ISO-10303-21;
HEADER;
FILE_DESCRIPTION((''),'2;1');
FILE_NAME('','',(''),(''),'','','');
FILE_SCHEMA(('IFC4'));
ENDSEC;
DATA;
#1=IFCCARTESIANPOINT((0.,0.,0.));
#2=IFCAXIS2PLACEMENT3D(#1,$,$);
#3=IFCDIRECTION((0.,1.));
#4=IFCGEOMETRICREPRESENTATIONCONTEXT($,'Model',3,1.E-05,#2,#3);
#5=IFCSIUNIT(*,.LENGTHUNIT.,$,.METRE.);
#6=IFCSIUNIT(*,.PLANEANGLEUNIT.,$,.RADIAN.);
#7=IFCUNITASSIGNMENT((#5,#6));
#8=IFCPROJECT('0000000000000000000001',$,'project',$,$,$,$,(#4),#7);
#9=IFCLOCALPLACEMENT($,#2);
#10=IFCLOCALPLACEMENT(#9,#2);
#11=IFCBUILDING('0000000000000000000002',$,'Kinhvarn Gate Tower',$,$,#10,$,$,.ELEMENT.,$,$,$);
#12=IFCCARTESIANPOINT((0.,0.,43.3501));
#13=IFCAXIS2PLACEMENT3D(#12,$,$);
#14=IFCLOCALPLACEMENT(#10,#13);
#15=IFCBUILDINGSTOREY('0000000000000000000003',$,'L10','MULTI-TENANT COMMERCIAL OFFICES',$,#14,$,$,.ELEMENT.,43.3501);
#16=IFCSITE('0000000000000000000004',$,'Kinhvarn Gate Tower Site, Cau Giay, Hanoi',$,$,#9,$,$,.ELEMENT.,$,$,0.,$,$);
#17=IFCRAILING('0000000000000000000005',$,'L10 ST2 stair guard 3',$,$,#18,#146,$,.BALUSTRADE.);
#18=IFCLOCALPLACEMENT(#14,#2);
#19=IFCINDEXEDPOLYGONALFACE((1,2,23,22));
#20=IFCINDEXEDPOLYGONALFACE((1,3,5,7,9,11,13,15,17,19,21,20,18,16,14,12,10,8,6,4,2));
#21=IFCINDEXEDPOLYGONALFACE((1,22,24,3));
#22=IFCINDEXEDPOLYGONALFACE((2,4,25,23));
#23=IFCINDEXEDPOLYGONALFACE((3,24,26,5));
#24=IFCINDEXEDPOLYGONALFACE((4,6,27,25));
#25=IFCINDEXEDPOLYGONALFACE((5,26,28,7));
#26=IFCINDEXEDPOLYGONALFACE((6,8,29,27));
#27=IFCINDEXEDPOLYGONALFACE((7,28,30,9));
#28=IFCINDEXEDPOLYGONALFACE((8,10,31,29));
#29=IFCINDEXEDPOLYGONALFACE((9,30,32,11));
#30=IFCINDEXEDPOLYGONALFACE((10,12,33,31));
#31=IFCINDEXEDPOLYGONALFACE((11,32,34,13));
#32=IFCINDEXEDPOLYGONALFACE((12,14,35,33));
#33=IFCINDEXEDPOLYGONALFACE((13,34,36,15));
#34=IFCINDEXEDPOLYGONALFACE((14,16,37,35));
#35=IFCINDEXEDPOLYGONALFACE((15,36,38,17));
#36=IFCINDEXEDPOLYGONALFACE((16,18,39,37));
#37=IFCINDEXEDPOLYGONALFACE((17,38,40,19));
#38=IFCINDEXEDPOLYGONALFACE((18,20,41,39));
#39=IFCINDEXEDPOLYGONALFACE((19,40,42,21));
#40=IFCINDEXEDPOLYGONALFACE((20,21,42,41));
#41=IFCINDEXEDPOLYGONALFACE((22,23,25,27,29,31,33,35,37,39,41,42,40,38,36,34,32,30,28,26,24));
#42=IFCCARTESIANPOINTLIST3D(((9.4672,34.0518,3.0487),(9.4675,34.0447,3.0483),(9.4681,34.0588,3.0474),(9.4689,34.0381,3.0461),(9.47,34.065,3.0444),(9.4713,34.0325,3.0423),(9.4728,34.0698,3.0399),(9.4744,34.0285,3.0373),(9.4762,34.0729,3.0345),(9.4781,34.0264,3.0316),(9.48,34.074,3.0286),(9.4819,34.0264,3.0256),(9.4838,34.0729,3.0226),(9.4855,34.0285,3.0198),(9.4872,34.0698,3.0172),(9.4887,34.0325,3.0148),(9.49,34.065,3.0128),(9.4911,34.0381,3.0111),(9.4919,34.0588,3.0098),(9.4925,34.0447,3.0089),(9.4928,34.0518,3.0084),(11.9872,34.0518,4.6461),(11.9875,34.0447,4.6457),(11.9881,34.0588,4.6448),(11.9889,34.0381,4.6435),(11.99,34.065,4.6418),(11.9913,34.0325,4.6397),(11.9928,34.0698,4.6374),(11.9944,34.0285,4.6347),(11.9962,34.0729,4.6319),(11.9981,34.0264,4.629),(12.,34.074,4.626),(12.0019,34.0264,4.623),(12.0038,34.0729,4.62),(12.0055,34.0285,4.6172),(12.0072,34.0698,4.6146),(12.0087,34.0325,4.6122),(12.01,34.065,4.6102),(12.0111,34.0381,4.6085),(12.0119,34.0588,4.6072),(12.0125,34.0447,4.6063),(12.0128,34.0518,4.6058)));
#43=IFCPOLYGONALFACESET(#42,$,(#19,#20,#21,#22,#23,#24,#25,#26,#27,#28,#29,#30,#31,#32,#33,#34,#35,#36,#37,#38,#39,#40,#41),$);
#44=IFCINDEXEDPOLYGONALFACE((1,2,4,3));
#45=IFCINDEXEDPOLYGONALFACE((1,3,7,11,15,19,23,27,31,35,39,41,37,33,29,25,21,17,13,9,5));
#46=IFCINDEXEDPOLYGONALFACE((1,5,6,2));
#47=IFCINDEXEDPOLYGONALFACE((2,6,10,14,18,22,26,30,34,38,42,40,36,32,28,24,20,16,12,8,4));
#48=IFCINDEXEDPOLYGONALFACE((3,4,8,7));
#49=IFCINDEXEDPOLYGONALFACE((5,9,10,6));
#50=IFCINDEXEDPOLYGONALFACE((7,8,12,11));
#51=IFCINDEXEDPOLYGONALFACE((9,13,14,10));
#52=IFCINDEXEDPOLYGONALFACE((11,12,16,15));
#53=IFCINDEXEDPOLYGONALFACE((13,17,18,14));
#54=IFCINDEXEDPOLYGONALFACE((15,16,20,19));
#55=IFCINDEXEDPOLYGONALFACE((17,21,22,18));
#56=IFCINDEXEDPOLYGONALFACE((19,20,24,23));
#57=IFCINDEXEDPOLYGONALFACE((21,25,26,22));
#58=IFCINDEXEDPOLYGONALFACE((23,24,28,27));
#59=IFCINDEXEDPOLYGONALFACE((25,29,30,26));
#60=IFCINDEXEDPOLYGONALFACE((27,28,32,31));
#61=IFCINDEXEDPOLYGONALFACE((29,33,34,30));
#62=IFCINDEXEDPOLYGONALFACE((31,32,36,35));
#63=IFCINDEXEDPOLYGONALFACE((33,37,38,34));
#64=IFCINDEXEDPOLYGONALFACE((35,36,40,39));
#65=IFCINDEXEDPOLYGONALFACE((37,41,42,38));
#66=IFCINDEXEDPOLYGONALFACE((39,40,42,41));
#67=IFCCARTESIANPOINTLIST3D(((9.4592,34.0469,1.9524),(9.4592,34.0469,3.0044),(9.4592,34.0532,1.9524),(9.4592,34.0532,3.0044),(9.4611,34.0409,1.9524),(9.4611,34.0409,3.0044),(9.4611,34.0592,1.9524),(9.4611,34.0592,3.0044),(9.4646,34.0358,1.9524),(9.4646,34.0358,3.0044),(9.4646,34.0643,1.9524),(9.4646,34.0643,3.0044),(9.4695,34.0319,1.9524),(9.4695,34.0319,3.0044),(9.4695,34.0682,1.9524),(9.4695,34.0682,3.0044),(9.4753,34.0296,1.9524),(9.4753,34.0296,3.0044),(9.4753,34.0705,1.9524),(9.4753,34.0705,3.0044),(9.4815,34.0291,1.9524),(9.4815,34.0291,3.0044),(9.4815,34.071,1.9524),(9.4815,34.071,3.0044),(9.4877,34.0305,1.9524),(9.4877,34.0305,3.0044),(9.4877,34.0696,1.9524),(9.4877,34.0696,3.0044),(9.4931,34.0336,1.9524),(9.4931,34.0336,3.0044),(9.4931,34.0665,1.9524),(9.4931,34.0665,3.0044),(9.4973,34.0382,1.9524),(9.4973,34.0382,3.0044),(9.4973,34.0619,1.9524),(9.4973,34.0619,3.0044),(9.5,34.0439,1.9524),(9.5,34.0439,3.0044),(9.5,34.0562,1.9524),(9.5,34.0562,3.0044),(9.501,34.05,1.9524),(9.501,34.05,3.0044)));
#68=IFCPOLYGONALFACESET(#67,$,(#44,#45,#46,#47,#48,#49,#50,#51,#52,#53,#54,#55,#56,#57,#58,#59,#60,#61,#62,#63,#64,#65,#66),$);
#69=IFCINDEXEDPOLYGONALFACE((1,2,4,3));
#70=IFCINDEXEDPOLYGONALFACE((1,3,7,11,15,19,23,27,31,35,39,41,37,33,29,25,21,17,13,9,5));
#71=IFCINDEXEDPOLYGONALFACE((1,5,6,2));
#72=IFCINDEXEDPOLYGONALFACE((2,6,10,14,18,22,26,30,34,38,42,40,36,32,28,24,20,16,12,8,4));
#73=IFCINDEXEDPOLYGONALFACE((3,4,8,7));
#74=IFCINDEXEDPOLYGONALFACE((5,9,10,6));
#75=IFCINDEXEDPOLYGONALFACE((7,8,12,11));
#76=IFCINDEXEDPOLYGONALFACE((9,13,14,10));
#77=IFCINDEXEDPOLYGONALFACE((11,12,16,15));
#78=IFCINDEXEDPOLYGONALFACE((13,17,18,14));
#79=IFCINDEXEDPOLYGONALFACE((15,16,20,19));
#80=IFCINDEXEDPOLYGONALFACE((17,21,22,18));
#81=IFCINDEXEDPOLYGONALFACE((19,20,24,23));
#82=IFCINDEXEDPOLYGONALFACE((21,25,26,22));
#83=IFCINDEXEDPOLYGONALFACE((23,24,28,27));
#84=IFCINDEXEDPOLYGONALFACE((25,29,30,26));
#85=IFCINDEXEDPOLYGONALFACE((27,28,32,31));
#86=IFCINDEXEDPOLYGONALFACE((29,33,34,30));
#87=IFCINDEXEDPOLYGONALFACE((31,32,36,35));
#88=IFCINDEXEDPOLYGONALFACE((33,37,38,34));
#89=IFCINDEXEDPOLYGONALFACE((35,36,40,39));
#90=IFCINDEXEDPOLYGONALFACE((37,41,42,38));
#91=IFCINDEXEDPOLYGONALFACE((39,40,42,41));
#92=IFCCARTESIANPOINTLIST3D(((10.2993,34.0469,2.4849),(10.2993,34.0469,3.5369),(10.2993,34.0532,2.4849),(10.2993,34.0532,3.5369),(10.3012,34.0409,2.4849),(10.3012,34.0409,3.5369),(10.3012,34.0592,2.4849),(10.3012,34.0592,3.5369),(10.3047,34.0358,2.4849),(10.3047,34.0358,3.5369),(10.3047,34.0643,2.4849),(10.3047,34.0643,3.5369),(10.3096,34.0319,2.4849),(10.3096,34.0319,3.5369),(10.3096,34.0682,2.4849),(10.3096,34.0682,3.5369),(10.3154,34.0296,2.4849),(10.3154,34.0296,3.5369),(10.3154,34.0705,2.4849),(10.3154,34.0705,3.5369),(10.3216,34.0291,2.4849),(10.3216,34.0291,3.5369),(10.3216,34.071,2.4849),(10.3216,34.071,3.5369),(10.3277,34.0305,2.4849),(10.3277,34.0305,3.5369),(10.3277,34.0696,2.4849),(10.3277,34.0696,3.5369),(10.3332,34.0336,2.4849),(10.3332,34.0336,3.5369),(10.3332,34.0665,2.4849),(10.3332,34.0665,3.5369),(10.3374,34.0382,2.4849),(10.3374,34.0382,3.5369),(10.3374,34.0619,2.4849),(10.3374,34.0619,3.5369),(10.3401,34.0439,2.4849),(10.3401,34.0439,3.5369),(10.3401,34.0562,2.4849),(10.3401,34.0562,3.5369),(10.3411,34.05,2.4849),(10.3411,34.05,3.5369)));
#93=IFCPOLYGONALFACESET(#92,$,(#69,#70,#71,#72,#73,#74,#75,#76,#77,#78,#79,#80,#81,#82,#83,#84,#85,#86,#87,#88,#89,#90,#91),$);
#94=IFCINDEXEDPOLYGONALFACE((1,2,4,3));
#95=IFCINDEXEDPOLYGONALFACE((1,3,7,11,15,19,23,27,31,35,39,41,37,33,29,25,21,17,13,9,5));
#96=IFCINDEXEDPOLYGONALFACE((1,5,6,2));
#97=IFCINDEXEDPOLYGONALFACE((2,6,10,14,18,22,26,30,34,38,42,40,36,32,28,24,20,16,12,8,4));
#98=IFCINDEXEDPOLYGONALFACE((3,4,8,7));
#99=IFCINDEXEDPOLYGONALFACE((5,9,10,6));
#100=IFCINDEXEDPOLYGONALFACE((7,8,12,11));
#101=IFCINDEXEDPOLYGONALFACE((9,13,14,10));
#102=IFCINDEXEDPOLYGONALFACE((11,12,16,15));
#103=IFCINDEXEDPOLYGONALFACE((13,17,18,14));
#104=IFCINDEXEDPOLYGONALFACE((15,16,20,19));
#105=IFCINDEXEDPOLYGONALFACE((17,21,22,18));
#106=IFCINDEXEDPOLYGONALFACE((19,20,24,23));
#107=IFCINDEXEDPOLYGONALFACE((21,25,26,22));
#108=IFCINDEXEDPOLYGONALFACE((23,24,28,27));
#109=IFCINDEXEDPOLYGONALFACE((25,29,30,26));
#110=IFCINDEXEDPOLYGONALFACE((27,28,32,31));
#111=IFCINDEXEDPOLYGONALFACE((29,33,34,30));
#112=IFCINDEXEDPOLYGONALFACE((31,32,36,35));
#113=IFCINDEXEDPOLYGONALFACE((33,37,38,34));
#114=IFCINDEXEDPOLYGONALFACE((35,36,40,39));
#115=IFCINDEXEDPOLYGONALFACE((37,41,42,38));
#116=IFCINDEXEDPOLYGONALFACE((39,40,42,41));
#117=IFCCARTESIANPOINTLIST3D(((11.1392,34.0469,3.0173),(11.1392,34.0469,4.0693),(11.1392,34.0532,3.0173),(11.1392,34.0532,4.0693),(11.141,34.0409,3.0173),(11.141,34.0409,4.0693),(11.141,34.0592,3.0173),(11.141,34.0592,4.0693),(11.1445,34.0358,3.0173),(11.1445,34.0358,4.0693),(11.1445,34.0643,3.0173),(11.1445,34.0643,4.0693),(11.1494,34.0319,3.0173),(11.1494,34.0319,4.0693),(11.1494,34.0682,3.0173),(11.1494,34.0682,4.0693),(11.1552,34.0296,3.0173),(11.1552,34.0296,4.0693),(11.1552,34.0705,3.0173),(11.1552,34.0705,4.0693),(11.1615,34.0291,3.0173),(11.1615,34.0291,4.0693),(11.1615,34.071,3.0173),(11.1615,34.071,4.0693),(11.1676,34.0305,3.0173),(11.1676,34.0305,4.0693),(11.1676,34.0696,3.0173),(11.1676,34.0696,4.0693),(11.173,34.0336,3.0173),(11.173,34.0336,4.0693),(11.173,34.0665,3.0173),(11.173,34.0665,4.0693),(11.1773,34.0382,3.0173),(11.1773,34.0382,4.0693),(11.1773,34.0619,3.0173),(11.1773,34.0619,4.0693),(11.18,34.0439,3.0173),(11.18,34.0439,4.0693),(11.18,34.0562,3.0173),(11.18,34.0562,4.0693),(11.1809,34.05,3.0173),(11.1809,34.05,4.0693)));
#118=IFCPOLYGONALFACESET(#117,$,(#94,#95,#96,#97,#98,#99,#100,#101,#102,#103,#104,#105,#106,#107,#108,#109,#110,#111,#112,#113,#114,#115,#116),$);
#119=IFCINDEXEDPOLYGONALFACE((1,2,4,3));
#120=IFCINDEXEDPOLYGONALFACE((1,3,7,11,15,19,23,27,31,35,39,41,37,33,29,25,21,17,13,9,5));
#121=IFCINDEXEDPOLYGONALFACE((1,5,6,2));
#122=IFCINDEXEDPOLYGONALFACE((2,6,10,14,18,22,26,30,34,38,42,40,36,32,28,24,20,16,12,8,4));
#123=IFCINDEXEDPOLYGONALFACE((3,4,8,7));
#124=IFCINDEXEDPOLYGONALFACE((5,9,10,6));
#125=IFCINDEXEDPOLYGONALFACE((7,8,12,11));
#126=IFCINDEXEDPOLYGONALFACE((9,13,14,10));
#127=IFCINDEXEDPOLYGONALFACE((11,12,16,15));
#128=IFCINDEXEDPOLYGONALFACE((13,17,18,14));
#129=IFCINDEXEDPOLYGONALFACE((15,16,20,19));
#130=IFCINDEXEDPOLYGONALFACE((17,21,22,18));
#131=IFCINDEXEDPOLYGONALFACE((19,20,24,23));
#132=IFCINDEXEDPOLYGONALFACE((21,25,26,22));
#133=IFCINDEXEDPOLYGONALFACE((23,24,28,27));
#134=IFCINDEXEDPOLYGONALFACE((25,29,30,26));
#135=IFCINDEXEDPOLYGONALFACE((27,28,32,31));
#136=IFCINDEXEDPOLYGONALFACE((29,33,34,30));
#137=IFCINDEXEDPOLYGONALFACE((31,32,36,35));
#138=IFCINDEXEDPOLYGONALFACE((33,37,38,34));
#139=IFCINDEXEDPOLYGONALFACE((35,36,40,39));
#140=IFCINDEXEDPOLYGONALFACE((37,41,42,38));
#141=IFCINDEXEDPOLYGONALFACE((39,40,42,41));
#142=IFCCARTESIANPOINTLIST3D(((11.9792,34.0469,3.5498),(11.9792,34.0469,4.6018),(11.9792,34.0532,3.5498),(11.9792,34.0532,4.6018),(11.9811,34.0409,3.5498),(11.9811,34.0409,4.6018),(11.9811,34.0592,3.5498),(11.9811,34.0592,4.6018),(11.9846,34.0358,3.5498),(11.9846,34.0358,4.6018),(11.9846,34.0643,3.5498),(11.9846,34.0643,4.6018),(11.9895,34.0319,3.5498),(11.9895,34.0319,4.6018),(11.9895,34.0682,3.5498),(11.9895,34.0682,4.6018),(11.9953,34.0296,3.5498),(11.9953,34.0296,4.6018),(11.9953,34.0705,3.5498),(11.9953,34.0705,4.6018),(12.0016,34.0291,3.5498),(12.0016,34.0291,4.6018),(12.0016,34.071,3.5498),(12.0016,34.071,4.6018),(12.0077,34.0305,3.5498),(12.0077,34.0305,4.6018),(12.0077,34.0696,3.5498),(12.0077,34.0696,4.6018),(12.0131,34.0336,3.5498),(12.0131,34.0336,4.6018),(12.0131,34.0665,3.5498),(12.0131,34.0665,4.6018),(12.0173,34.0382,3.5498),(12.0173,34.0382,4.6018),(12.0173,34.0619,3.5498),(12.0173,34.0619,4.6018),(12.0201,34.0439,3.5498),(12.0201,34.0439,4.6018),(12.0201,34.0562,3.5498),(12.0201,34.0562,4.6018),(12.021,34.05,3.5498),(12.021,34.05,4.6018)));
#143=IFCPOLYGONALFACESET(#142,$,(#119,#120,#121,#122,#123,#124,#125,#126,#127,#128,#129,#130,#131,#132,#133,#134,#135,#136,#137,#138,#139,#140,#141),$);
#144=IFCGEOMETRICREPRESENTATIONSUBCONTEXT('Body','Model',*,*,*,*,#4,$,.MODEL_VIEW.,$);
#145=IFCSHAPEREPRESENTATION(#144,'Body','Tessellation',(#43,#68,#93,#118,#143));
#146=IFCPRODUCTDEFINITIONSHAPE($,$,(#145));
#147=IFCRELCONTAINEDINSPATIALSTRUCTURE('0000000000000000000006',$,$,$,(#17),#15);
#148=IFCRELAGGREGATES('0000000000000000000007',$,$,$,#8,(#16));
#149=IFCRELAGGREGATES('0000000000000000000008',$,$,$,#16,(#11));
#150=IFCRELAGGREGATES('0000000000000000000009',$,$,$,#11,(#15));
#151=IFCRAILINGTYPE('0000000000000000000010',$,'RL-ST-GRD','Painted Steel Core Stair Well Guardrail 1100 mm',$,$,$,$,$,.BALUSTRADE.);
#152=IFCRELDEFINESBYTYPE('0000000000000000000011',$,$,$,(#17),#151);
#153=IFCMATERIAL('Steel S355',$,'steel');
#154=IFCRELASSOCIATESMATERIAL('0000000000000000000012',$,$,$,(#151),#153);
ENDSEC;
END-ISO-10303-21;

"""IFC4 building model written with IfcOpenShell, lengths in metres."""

from ifc_helpers import new_model, si_unit, direction, frame, origin, origin_2d, place, context, subcontext, project, spatial, circle, extrude, material, type_object, element, save


model = new_model("IFC4")

# Units and contexts
model_context = context("Model", 3, precision=1e-05, world=origin(), true_north=direction((0.0, 1.0)))
body_context = subcontext(model_context, "Body", "Model", "MODEL_VIEW")
ifc_project = project(units=[si_unit("LENGTHUNIT", "METRE"), si_unit("PLANEANGLEUNIT", "RADIAN")], contexts=[model_context])

# Site, building, storey
site_placement = place(None, origin())
site = spatial("IfcSite", under=ifc_project, at=site_placement, Name="Kinhvarn Gate Tower Site, Cau Giay, Hanoi", CompositionType="ELEMENT", RefElevation=0.0)
building_placement = place(site_placement, origin())
building = spatial("IfcBuilding", under=site, at=building_placement, Name="Kinhvarn Gate Tower", CompositionType="ELEMENT")
storey_placement = place(building_placement, frame((0.0, 0.0, 43.3501)))
storey = spatial("IfcBuildingStorey", under=building, at=storey_placement, Name="L10", Description="MULTI-TENANT COMMERCIAL OFFICES", CompositionType="ELEMENT", Elevation=43.3501)

# Shared definitions
ifc_material_1 = material(Name="Steel S355", Category="steel")

# Railing
railing_type_1 = type_object("IfcRailingType", Name="RL-ST-GRD", Description="Painted Steel Core Stair Well Guardrail 1100 mm", PredefinedType="BALUSTRADE", material=ifc_material_1)
railing_1_placement = place(storey_placement, frame((9.48, 34.05, 1.9524)))
element("IfcRailing", 1, at=railing_1_placement, inside=storey, type_object=railing_type_1, Name="L10 ST2 stair guard 3", PredefinedType="BALUSTRADE", context=body_context, shape_type="SweptSolid", body=[
    extrude(circle(Radius=0.0239, at=origin_2d()), frame((0.0, 0.0, 1.0762), z_axis=(0.844607, 0.0, 0.535387), x_axis=(0.0, 1.0, 0.0)), (0.0, 0.0, 1.0), 2.9836),
    extrude(circle(Radius=0.021, at=origin_2d()), origin(), (0.0, 0.0, 1.0), 1.052),
    extrude(circle(Radius=0.021, at=origin_2d()), frame((0.8401, 0.0, 0.5325)), (0.0, 0.0, 1.0), 1.052),
    extrude(circle(Radius=0.021, at=origin_2d()), frame((1.6799, 0.0, 1.0649)), (0.0, 0.0, 1.0), 1.052),
    extrude(circle(Radius=0.021, at=origin_2d()), frame((2.52, 0.0, 1.5974)), (0.0, 0.0, 1.0), 1.052),
])

save(model, "model.ifc")
